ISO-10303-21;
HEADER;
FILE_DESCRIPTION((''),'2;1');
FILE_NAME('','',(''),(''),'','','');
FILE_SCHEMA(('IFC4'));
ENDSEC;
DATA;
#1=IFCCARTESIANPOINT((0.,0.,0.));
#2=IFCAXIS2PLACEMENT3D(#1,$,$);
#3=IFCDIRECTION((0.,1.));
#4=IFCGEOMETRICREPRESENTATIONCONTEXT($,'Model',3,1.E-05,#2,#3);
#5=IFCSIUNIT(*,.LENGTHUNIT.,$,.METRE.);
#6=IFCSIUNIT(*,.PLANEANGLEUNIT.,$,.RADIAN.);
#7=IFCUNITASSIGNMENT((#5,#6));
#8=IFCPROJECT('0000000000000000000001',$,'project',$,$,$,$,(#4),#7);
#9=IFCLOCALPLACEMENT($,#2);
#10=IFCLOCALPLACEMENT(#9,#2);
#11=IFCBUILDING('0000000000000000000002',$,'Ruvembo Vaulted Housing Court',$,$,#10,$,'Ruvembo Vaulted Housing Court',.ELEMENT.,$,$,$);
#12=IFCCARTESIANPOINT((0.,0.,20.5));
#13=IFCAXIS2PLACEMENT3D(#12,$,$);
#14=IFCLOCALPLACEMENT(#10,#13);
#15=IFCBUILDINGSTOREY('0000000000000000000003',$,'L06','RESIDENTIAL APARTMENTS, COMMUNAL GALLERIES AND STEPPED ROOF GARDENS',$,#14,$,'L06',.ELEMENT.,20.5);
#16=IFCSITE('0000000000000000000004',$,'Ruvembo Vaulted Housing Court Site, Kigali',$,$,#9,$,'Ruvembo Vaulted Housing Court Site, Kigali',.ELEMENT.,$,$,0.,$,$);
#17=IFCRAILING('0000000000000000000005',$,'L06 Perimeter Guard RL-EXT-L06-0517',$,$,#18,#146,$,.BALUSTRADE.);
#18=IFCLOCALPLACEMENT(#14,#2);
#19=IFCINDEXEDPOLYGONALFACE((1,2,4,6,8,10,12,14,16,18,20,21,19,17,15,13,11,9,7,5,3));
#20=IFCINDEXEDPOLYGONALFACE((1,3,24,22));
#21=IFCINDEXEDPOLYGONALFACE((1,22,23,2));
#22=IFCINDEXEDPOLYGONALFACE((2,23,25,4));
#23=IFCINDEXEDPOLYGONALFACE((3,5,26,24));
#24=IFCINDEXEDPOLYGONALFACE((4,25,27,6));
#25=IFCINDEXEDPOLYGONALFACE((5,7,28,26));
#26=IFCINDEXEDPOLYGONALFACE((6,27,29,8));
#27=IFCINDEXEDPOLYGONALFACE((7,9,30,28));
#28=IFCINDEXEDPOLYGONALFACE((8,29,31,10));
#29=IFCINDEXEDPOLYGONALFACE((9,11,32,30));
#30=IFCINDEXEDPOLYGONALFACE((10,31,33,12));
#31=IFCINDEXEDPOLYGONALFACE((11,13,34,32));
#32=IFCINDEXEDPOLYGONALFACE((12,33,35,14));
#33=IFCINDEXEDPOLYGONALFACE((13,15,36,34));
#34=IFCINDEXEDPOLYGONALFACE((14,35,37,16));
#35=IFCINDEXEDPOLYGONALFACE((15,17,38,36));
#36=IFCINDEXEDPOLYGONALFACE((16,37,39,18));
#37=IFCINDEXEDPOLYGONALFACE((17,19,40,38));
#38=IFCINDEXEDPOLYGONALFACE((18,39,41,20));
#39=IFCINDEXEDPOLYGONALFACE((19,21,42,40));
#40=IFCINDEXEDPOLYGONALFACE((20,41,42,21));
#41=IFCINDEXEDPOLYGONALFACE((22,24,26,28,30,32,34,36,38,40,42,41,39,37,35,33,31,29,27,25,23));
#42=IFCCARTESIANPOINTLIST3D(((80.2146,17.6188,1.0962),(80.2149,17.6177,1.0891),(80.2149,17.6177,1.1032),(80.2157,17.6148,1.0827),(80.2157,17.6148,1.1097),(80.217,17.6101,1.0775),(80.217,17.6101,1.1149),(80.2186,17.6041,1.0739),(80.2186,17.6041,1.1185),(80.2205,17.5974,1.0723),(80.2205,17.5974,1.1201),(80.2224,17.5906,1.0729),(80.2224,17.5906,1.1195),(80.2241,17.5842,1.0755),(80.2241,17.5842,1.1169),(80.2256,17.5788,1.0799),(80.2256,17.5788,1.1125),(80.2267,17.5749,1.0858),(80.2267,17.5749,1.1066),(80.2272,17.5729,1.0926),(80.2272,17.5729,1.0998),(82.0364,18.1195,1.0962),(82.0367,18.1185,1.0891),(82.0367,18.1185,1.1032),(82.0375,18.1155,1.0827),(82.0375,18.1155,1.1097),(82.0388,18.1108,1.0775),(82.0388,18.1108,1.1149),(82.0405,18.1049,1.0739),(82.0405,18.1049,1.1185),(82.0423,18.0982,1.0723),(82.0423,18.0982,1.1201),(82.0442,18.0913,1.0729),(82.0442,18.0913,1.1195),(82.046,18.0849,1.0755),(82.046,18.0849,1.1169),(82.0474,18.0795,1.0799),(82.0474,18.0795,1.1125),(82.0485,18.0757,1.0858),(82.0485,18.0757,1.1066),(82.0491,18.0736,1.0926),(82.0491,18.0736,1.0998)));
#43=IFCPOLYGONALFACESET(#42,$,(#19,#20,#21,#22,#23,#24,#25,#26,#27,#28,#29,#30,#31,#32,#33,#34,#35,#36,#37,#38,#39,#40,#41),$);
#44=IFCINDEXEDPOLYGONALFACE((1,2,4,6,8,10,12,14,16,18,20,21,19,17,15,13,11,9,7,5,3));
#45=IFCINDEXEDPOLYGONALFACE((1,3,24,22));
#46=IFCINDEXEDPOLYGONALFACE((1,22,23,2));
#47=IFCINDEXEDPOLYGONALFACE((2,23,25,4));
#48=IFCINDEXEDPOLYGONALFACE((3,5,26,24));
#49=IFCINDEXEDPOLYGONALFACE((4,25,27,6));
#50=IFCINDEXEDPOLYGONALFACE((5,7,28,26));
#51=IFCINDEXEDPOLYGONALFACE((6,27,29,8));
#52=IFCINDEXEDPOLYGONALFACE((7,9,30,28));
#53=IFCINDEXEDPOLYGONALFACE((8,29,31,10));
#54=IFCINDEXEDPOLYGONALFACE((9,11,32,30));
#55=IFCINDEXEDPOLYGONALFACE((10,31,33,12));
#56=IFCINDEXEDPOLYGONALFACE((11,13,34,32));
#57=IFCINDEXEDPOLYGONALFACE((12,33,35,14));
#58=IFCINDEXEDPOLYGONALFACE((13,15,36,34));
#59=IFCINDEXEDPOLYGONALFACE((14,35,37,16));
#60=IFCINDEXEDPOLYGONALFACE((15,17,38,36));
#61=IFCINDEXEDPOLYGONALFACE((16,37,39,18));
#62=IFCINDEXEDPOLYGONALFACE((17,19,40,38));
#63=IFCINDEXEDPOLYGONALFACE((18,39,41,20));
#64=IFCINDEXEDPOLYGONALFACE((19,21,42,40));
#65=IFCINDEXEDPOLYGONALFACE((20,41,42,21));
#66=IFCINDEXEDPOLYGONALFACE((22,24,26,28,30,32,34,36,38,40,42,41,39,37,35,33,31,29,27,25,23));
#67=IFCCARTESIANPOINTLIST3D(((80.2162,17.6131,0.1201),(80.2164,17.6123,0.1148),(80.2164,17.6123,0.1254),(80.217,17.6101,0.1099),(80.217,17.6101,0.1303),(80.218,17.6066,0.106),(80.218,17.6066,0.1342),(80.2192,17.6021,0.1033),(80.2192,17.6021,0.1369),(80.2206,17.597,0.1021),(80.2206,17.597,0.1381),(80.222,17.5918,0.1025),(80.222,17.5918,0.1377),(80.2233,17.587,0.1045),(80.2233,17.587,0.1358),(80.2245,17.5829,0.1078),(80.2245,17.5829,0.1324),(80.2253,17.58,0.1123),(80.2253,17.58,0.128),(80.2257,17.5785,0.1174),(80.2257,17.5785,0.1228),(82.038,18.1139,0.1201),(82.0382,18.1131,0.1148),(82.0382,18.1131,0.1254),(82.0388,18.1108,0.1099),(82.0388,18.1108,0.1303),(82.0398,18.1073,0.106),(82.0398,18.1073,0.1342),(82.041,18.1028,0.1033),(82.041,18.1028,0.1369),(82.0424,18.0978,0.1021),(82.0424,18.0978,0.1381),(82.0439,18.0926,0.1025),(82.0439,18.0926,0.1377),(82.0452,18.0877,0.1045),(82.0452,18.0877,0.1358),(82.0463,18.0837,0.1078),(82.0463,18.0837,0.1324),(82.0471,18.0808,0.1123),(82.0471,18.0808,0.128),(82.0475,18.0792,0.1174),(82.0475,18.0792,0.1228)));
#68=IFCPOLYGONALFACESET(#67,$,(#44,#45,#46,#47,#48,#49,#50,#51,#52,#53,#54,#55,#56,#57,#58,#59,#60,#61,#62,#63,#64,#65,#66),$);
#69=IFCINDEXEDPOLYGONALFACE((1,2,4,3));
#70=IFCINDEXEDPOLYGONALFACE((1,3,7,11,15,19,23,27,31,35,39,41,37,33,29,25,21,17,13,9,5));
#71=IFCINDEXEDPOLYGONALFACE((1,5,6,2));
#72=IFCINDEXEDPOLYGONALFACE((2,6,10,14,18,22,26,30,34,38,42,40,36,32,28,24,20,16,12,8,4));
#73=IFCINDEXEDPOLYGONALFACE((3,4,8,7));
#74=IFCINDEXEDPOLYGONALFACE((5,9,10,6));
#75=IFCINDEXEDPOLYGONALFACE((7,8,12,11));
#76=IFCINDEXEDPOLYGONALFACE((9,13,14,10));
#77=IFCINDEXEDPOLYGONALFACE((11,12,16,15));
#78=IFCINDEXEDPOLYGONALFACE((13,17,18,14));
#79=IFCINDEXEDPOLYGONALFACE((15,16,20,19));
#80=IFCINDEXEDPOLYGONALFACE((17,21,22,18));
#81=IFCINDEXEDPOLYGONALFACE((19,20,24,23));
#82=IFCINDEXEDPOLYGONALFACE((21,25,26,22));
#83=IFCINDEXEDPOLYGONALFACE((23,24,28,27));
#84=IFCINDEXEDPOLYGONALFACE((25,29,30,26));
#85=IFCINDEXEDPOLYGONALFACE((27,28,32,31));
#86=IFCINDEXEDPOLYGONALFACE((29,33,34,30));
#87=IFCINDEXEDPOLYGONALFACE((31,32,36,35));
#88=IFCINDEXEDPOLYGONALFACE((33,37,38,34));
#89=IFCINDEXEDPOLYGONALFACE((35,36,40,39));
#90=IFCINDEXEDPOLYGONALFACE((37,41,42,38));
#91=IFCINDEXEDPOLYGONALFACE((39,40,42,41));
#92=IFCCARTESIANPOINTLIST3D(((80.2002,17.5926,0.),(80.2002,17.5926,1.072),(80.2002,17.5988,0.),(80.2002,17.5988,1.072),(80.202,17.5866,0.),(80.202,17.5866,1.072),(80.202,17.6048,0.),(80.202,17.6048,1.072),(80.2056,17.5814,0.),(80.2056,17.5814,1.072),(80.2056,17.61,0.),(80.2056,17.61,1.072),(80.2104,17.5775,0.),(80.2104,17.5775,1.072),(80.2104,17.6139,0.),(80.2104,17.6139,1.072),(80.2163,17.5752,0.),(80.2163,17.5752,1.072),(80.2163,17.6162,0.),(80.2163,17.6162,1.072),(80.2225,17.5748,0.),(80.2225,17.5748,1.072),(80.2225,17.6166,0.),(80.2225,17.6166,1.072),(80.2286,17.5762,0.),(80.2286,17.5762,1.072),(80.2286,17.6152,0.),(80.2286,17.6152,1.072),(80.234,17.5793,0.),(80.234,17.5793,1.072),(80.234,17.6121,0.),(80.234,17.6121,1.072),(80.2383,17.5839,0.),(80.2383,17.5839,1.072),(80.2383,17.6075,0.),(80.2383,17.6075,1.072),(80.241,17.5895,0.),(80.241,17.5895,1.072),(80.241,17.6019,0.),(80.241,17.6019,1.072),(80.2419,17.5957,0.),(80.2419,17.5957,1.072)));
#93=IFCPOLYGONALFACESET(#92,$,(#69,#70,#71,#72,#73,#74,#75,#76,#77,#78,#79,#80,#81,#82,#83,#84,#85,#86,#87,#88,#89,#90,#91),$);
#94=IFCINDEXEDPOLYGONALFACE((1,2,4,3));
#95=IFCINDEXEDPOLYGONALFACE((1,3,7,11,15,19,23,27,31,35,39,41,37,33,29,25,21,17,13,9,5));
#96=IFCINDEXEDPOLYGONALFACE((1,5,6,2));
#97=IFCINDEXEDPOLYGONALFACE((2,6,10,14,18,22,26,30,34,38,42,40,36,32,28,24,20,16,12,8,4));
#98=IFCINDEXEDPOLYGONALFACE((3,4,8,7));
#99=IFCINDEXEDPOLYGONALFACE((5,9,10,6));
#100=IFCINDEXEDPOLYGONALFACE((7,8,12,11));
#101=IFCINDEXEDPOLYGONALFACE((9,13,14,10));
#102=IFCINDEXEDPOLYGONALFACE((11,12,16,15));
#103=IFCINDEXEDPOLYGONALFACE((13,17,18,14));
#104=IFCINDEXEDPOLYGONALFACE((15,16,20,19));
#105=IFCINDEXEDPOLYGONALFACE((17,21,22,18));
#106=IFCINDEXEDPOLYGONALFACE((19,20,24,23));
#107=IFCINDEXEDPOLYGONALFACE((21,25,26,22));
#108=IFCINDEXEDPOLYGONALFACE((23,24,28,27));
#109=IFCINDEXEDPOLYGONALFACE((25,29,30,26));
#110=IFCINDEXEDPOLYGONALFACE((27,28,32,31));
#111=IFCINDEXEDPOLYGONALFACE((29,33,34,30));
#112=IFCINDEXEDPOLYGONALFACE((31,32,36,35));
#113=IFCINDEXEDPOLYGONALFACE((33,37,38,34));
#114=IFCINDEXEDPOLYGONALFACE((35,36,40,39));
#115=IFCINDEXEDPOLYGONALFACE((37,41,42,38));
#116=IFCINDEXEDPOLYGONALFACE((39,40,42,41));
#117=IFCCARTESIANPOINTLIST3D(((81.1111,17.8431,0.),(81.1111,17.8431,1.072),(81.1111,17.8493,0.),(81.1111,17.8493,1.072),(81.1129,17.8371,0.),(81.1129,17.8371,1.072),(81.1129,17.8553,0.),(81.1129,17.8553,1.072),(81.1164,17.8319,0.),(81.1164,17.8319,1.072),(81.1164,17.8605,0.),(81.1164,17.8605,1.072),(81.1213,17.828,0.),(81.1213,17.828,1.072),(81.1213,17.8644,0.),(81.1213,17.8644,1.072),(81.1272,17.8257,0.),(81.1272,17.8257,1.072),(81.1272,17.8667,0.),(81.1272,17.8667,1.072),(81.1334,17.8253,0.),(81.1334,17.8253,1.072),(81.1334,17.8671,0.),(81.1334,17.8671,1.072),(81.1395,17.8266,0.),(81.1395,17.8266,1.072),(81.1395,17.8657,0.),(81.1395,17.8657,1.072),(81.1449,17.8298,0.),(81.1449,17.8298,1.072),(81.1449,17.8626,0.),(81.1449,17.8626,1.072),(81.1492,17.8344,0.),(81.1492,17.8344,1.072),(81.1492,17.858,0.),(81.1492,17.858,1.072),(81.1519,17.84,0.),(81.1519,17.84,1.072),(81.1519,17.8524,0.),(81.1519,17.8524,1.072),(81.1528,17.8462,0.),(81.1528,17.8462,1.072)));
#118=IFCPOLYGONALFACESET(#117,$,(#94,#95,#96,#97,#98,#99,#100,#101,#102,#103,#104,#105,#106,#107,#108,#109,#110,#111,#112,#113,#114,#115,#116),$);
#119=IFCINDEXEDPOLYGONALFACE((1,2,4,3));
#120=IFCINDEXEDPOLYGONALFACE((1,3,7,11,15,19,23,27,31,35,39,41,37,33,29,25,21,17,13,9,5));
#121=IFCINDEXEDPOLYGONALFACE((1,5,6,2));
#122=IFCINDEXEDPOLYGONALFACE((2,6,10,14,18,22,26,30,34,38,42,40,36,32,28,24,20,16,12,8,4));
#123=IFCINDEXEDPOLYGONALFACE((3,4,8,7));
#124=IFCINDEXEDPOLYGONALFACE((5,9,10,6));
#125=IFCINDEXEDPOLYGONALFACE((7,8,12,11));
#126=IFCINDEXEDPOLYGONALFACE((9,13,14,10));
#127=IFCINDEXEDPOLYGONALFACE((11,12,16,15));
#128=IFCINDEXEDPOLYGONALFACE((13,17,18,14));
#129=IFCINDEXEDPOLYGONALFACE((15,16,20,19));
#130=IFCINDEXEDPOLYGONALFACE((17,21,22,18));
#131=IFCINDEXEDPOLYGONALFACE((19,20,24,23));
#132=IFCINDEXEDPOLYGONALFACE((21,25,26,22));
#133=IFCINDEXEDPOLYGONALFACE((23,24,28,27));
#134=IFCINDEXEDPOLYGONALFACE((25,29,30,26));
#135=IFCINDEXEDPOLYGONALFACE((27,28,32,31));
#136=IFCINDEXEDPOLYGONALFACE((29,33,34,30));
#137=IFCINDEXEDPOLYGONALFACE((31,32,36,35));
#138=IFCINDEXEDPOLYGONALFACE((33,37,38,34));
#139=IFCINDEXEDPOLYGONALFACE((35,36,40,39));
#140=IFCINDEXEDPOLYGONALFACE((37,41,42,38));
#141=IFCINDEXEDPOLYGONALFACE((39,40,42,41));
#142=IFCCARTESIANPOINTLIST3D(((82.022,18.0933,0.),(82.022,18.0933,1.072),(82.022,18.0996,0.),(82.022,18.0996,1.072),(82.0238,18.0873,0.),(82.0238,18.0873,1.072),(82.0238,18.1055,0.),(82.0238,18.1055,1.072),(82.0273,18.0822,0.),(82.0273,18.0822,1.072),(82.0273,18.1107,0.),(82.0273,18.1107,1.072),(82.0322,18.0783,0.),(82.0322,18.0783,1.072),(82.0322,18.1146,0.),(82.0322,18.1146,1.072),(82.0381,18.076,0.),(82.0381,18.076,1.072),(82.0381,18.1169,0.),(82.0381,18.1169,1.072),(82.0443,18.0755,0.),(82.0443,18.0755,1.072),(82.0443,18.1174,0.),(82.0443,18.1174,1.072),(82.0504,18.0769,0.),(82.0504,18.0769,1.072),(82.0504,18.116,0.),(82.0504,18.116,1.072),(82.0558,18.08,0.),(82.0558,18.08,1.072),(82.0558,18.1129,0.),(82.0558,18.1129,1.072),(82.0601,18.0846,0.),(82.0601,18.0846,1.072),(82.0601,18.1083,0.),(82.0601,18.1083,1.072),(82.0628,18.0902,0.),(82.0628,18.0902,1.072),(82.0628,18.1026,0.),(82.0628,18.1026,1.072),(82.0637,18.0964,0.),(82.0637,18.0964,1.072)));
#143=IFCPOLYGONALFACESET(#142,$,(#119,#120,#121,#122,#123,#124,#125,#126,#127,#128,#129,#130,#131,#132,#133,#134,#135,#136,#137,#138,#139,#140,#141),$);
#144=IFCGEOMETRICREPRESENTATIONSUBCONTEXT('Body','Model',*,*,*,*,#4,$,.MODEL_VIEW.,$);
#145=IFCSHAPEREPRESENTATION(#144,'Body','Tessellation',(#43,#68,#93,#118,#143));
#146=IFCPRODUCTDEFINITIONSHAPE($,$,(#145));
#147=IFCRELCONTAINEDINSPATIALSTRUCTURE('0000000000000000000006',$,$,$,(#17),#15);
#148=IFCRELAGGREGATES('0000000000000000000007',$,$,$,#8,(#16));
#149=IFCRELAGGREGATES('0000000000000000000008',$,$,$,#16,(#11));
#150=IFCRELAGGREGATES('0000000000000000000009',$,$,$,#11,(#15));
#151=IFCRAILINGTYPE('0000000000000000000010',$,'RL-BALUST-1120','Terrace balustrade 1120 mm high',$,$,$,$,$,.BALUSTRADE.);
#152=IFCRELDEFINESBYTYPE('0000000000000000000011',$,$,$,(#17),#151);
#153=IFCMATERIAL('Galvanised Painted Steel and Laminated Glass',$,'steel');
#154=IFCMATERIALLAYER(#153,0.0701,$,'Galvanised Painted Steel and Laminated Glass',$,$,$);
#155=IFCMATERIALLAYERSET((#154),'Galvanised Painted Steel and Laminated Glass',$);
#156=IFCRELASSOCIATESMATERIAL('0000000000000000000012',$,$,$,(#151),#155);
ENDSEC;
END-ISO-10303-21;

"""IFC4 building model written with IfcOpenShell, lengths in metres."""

from ifc_helpers import new_model, si_unit, direction, frame, origin, origin_2d, place, context, subcontext, project, spatial, circle, extrude, material, layer, layer_set, type_object, element, save


model = new_model("IFC4")

# Units and contexts
model_context = context("Model", 3, precision=1e-05, world=origin(), true_north=direction((0.0, 1.0)))
body_context = subcontext(model_context, "Body", "Model", "MODEL_VIEW")
ifc_project = project(units=[si_unit("LENGTHUNIT", "METRE"), si_unit("PLANEANGLEUNIT", "RADIAN")], contexts=[model_context])

# Site, building, storey
site_placement = place(None, origin())
site = spatial("IfcSite", under=ifc_project, at=site_placement, Name="Ruvembo Vaulted Housing Court Site, Kigali", LongName="Ruvembo Vaulted Housing Court Site, Kigali", CompositionType="ELEMENT", RefElevation=0.0)
building_placement = place(site_placement, origin())
building = spatial("IfcBuilding", under=site, at=building_placement, Name="Ruvembo Vaulted Housing Court", LongName="Ruvembo Vaulted Housing Court", CompositionType="ELEMENT")
storey_placement = place(building_placement, frame((0.0, 0.0, 20.5)))
storey = spatial("IfcBuildingStorey", under=building, at=storey_placement, Name="L06", Description="RESIDENTIAL APARTMENTS, COMMUNAL GALLERIES AND STEPPED ROOF GARDENS", LongName="L06", CompositionType="ELEMENT", Elevation=20.5)

# Railing
ifc_material_1 = material(Name="Galvanised Painted Steel and Laminated Glass", Category="steel")
ifc_layer = layer(ifc_material_1, 0.0701, Name="Galvanised Painted Steel and Laminated Glass")
ifc_layer_set = layer_set([ifc_layer], Name="Galvanised Painted Steel and Laminated Glass")
railing_type = type_object("IfcRailingType", Name="RL-BALUST-1120", Description="Terrace balustrade 1120 mm high", PredefinedType="BALUSTRADE", material=ifc_layer_set)
railing_1_placement = place(storey_placement, frame((80.2209, 17.5957, 0.0)))
element("IfcRailing", 1, at=railing_1_placement, inside=storey, type_object=railing_type, Name="L06 Perimeter Guard RL-EXT-L06-0517", PredefinedType="BALUSTRADE", context=body_context, shape_type="SweptSolid", body=[
    extrude(circle(Radius=0.0239, at=origin_2d()), frame((0.0, 0.0, 1.0962), z_axis=(0.96424, 0.26503, 0.0), x_axis=(-0.26503, 0.96424, 0.0)), (0.0, 0.0, 1.0), 1.8894),
    extrude(circle(Radius=0.0181, at=origin_2d()), frame((0.0, 0.0, 0.1201), z_axis=(0.96424, 0.26503, 0.0), x_axis=(-0.26503, 0.96424, 0.0)), (0.0, 0.0, 1.0), 1.8894),
    extrude(circle(Radius=0.021, at=origin_2d()), origin(), (0.0, 0.0, 1.0), 1.072),
    extrude(circle(Radius=0.021, at=origin_2d()), frame((0.9109, 0.2505, 0.0)), (0.0, 0.0, 1.0), 1.072),
    extrude(circle(Radius=0.021, at=origin_2d()), frame((1.8218, 0.5007, 0.0)), (0.0, 0.0, 1.0), 1.072),
])

save(model, "model.ifc")
